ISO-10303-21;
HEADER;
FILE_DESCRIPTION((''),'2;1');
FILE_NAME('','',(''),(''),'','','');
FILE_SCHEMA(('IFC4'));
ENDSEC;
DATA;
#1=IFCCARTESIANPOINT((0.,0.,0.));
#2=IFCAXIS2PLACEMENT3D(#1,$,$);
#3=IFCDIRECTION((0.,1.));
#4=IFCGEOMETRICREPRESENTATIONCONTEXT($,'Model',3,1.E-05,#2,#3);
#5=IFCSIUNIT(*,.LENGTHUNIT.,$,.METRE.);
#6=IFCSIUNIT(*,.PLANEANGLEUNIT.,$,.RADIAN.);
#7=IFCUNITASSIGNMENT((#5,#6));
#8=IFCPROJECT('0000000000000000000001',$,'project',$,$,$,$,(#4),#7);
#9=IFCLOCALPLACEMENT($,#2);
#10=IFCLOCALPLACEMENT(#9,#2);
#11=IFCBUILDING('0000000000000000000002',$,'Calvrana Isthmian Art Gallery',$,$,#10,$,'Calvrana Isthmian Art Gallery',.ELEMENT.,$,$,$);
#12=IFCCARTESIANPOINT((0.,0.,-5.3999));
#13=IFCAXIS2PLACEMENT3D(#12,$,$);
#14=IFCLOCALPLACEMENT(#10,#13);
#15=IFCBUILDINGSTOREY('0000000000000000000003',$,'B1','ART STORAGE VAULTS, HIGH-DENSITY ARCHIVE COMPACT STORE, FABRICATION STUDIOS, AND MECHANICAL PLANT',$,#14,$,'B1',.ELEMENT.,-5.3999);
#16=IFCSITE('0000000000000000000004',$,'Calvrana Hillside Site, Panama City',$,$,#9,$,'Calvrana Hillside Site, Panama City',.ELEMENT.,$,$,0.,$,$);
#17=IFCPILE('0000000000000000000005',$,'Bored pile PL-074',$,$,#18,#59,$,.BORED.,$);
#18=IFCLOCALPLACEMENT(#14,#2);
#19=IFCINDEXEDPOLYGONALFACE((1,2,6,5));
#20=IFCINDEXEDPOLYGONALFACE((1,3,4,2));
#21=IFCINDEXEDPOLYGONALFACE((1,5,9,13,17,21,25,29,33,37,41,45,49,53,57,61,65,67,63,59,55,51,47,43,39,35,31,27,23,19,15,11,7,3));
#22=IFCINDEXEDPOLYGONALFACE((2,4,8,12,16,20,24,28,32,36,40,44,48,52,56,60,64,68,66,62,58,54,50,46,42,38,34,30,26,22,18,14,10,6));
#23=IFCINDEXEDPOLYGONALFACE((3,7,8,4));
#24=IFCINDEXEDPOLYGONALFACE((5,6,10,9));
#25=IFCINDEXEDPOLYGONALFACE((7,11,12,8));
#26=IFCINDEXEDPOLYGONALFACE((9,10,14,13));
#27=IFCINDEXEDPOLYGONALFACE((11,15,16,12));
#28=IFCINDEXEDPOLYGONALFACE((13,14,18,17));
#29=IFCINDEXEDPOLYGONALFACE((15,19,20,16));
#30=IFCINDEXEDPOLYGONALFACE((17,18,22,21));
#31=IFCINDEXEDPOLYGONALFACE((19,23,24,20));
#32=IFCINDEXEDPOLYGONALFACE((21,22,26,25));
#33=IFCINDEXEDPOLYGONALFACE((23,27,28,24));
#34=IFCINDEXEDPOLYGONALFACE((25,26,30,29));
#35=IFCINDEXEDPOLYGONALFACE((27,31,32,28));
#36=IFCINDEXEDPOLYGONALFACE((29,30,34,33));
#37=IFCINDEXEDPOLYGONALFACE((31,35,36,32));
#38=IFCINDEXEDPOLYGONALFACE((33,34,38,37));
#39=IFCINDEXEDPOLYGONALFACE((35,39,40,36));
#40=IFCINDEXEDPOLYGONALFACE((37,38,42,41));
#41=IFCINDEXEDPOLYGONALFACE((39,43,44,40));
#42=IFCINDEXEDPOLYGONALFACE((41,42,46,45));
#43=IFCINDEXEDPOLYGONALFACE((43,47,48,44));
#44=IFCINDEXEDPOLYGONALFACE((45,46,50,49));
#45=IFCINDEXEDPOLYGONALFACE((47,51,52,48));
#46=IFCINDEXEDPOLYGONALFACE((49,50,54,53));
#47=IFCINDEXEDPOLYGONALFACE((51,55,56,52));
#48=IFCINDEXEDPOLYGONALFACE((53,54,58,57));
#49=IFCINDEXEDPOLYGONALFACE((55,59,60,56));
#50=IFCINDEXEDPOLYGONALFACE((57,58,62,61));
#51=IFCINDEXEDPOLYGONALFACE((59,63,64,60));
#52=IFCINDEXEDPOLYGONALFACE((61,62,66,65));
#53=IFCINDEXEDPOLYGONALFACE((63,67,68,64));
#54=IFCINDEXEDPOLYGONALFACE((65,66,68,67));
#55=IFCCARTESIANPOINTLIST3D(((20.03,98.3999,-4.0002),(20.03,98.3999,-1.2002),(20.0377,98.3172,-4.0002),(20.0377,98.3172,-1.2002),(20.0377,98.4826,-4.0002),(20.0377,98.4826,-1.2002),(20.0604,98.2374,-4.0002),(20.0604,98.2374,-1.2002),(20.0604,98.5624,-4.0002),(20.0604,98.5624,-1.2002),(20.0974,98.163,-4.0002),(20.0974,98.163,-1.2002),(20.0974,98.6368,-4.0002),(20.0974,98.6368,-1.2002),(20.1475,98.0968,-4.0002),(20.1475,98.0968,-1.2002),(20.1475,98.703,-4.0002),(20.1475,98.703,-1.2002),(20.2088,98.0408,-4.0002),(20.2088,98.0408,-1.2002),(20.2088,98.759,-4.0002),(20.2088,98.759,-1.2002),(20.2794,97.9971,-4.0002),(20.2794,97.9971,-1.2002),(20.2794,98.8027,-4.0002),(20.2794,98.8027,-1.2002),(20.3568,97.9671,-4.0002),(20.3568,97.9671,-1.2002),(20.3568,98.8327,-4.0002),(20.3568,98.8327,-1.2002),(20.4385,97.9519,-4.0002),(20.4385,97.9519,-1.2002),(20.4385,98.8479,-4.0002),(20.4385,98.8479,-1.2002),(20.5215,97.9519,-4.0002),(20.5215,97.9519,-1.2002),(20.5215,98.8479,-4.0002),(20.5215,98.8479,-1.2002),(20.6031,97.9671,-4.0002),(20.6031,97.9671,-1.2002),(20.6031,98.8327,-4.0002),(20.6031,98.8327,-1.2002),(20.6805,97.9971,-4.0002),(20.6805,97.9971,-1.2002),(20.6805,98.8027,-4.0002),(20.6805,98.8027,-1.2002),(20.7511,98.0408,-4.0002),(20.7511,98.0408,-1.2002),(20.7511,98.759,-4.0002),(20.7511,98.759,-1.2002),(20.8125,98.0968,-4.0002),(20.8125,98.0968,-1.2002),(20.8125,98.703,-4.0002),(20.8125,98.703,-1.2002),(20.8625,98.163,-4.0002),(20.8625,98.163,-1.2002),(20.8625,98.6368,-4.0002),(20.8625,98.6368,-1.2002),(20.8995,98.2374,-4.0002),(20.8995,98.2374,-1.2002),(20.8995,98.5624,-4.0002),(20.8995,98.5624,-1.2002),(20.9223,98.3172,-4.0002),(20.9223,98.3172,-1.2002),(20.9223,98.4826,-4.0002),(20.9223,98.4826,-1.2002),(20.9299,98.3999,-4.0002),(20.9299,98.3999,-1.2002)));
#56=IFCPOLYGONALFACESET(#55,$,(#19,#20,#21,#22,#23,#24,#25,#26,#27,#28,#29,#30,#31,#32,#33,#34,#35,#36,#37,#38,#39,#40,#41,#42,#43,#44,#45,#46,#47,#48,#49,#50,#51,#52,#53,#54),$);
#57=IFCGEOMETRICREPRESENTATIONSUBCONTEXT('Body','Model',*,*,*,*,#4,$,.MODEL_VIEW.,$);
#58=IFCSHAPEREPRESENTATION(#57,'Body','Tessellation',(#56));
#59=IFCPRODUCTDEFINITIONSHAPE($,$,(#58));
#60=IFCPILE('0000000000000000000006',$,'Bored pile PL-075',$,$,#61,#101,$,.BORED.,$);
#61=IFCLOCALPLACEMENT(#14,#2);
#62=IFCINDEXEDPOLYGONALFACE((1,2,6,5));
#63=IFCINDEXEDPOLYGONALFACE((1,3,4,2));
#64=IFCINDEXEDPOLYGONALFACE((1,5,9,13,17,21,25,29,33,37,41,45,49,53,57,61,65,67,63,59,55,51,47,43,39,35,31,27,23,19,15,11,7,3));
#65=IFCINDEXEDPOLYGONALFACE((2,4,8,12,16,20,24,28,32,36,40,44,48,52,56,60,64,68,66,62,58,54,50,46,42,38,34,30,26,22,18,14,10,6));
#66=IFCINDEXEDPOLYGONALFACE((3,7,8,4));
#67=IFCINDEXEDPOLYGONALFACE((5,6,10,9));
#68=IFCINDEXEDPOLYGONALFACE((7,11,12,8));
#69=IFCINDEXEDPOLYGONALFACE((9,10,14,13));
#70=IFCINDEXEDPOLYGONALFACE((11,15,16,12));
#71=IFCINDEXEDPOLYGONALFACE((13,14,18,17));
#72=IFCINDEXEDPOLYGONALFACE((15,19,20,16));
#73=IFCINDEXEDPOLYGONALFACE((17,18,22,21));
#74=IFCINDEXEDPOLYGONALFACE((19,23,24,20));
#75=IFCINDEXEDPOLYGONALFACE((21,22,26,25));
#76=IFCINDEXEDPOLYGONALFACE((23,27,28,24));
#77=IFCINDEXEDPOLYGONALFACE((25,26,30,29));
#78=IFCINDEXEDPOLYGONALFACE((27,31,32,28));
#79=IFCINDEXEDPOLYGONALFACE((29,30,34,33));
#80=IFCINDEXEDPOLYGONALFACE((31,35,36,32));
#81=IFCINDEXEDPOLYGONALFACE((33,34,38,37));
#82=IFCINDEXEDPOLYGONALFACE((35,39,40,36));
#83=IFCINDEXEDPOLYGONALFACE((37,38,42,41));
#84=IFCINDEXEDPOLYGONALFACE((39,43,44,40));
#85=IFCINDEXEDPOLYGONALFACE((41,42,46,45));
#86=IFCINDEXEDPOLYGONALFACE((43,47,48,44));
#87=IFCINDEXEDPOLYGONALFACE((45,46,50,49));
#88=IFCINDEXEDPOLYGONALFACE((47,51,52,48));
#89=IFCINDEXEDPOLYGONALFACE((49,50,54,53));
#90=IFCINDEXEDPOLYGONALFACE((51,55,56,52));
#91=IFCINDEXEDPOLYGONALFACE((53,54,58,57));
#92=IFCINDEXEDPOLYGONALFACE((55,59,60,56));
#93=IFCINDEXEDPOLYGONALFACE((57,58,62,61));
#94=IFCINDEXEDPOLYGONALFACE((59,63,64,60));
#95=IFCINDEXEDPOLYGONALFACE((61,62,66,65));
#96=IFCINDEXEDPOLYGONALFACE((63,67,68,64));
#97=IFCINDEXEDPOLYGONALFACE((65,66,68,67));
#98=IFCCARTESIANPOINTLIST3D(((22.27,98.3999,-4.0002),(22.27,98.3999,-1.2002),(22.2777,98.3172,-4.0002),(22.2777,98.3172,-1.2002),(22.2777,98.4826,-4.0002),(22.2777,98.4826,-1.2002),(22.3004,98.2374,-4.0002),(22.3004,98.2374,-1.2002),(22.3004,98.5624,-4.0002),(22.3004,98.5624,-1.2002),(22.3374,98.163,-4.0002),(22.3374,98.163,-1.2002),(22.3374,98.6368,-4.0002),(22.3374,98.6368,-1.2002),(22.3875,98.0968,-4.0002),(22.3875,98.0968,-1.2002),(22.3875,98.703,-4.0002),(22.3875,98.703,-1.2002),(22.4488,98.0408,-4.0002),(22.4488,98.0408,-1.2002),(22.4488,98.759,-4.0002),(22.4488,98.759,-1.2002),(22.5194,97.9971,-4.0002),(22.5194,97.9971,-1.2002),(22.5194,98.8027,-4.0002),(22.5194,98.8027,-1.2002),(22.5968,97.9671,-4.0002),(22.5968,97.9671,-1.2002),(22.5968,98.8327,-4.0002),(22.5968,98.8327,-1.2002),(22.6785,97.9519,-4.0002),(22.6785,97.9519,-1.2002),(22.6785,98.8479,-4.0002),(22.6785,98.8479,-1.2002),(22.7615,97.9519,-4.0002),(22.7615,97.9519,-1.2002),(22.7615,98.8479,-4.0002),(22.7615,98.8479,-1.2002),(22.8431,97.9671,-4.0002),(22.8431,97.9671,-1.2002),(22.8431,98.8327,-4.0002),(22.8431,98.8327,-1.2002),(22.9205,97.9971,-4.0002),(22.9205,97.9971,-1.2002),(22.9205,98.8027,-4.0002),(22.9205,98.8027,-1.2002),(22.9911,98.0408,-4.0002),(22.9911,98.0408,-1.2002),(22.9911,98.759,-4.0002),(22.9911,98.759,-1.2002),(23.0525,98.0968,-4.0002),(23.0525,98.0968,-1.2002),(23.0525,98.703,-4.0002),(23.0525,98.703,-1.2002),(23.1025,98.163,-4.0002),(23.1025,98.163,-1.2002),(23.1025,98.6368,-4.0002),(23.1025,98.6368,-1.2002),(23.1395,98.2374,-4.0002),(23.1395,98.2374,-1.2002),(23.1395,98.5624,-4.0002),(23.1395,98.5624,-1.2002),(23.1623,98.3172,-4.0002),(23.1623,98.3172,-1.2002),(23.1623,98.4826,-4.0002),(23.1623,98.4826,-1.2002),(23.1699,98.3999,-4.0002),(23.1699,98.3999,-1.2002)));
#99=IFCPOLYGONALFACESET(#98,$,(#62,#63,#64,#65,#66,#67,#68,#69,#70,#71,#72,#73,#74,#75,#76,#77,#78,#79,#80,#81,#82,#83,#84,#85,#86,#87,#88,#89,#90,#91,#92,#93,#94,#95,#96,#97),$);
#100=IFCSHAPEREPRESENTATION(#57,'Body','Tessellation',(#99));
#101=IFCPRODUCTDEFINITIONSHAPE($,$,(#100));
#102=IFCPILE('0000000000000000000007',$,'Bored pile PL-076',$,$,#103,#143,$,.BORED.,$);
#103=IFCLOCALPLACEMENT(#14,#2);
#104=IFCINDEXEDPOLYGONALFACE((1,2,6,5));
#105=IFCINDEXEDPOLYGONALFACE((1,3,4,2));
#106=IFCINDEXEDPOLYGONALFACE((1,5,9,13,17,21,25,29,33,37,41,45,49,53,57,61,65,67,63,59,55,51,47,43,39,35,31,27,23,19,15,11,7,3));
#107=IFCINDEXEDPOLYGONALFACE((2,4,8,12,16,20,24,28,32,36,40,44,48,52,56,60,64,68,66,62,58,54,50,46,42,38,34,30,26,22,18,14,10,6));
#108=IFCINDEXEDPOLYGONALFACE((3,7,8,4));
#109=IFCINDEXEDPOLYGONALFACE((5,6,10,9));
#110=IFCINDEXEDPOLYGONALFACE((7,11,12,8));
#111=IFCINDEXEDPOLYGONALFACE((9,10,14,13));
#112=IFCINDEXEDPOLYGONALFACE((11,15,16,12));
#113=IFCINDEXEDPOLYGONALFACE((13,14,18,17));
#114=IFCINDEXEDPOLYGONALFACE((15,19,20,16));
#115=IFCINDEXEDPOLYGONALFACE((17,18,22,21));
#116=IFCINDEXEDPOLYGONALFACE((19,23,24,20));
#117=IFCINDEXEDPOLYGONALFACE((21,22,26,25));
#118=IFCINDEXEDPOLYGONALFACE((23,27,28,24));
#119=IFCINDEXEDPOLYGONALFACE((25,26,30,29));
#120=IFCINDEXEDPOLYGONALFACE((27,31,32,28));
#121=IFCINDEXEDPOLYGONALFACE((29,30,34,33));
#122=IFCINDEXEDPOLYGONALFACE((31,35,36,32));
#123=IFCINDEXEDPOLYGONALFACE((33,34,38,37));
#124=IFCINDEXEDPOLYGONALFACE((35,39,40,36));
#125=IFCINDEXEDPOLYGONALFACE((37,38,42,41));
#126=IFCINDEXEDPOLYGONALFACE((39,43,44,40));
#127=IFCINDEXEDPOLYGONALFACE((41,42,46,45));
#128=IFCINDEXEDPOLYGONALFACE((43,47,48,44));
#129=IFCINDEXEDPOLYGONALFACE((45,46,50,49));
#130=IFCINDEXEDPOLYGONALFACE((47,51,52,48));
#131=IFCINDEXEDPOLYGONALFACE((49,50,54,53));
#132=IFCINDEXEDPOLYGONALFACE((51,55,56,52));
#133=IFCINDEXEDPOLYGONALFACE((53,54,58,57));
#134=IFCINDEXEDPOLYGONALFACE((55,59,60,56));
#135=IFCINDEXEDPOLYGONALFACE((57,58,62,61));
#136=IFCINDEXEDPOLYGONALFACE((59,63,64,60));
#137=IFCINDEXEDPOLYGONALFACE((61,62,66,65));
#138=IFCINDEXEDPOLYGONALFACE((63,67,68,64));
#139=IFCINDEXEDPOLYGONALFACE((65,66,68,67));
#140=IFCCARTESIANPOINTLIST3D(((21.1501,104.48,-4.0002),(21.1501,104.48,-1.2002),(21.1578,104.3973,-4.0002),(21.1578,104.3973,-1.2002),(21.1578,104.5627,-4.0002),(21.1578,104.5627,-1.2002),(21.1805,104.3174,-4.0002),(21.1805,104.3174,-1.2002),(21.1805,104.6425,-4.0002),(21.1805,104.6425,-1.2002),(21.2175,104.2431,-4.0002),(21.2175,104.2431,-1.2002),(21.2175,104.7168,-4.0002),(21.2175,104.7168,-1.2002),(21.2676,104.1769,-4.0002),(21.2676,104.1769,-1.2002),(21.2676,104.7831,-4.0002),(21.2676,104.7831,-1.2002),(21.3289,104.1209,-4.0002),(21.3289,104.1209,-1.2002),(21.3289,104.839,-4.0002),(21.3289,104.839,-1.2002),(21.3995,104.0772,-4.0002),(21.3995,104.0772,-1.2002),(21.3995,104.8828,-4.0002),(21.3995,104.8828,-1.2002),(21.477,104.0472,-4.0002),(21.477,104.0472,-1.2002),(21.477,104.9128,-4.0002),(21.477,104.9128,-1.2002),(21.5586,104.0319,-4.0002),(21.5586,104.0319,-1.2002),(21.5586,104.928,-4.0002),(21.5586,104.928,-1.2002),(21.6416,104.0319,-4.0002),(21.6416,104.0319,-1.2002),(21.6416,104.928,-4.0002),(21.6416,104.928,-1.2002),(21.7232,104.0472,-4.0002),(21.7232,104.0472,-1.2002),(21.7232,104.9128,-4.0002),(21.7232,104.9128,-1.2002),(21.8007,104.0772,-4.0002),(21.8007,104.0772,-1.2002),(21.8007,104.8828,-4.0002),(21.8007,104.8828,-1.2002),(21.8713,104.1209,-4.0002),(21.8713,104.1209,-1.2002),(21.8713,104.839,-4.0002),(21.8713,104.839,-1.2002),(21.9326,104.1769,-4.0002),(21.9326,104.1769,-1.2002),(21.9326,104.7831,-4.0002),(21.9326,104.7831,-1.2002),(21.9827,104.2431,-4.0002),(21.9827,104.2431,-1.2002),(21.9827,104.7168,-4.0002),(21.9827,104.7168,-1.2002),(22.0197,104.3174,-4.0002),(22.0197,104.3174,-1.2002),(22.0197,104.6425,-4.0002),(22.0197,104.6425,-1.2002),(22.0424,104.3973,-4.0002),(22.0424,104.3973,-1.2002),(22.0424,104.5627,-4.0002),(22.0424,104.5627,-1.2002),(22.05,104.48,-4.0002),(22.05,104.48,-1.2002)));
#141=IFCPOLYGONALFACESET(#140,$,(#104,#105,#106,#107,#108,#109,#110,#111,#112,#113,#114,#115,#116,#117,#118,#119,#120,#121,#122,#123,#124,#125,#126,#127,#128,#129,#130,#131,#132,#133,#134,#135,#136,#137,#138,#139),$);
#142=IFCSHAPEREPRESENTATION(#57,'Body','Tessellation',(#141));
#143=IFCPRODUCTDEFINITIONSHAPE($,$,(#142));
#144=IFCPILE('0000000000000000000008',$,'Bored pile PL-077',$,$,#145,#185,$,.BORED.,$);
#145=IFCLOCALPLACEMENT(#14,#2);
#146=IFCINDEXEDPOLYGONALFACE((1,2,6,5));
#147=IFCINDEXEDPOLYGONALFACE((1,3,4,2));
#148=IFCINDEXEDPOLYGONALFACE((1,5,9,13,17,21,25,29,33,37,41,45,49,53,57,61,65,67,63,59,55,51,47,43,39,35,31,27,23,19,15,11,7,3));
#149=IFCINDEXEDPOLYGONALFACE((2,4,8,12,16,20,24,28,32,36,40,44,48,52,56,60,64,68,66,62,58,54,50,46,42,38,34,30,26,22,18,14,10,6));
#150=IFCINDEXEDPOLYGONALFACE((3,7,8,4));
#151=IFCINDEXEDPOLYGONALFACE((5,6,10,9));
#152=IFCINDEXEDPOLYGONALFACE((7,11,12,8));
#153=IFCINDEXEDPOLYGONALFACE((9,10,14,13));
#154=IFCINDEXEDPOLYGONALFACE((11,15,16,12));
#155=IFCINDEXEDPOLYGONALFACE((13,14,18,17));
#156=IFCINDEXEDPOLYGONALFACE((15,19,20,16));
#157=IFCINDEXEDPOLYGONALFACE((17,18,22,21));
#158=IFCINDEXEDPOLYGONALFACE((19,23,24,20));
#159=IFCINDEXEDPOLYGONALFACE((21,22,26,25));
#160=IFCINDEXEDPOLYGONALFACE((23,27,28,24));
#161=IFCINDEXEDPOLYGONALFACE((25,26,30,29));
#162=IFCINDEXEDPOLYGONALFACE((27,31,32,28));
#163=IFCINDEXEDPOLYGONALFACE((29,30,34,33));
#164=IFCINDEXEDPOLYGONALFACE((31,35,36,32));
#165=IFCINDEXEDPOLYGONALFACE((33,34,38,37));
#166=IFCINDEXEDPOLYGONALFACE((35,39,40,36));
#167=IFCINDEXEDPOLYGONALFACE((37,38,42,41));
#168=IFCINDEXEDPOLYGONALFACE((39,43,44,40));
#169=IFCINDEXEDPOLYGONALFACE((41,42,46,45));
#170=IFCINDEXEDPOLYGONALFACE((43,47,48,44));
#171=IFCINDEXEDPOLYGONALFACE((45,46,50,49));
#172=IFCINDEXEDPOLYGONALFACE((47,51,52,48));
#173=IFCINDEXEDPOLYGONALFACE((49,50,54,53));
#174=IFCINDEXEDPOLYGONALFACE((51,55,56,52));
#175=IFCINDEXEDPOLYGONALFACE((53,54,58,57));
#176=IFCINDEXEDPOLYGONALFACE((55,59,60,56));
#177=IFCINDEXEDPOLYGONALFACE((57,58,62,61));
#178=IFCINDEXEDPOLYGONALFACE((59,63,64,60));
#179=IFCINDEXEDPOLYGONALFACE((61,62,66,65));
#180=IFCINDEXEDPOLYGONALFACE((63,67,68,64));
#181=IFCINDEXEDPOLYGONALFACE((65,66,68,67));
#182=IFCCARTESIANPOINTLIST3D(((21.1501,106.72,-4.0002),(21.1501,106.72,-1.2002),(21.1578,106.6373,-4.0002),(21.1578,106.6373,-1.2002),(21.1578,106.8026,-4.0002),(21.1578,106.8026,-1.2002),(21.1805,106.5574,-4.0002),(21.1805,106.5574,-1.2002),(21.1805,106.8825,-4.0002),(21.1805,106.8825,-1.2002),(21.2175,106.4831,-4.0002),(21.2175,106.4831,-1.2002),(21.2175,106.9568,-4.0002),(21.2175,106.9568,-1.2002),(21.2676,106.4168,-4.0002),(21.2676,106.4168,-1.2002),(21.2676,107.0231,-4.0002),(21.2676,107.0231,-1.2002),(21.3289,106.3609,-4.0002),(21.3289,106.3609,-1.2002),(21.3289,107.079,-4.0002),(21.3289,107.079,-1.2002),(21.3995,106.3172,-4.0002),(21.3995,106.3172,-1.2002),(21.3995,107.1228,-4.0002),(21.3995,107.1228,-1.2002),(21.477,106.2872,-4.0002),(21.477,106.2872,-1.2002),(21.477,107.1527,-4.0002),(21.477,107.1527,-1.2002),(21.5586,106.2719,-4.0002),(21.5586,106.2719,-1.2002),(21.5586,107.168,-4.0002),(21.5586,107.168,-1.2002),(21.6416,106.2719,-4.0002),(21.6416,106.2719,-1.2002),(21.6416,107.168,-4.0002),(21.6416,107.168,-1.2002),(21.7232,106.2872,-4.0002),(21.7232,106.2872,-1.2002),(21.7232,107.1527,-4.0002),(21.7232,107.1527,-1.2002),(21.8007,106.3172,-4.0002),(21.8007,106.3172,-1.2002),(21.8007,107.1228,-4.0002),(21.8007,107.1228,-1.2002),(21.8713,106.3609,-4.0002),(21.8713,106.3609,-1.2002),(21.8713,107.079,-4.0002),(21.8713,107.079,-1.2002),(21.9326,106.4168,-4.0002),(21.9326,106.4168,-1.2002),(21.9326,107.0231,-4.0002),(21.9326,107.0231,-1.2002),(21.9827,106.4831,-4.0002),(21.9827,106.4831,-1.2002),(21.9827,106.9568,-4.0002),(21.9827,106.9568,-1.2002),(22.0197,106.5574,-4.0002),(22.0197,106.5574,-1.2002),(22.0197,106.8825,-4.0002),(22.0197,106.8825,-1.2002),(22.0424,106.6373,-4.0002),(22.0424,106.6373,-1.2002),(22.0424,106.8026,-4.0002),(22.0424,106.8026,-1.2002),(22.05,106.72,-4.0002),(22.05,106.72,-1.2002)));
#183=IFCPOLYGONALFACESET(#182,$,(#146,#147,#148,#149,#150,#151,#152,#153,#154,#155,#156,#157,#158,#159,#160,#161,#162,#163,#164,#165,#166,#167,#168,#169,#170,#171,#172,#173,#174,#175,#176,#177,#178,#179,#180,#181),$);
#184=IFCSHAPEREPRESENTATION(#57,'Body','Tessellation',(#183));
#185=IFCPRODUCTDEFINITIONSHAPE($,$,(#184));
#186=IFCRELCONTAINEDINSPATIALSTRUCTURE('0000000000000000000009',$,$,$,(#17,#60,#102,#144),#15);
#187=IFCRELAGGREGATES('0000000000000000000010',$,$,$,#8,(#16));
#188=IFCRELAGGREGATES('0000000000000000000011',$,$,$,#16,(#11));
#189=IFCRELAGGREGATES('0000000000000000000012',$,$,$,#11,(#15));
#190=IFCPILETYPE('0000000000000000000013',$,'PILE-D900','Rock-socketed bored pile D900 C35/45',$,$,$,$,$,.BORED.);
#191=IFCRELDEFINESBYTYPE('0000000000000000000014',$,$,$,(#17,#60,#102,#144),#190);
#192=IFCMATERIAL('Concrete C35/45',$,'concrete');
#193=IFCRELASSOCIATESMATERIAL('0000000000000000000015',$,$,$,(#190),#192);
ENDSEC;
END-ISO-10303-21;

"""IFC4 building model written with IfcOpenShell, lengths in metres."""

from ifc_helpers import new_model, si_unit, direction, frame, origin, origin_2d, place, context, subcontext, project, spatial, circle, extrude, material, material_profile, profile_set, type_object, element, save


model = new_model("IFC4")

# Units and contexts
model_context = context("Model", 3, precision=1e-05, world=origin(), true_north=direction((0.0, 1.0)))
body_context = subcontext(model_context, "Body", "Model", "MODEL_VIEW")
ifc_project = project(units=[si_unit("LENGTHUNIT", "METRE"), si_unit("PLANEANGLEUNIT", "RADIAN")], contexts=[model_context])

# Site, building, storey
site_placement = place(None, origin())
site = spatial("IfcSite", under=ifc_project, at=site_placement, Name="Calvrana Hillside Site, Panama City", LongName="Calvrana Hillside Site, Panama City", CompositionType="ELEMENT", RefElevation=0.0)
building_placement = place(site_placement, origin())
building = spatial("IfcBuilding", under=site, at=building_placement, Name="Calvrana Isthmian Art Gallery", LongName="Calvrana Isthmian Art Gallery", CompositionType="ELEMENT")
storey_placement = place(building_placement, frame((0.0, 0.0, -5.3999)))
storey = spatial("IfcBuildingStorey", under=building, at=storey_placement, Name="B1", Description="ART STORAGE VAULTS, HIGH-DENSITY ARCHIVE COMPACT STORE, FABRICATION STUDIOS, AND MECHANICAL PLANT", LongName="B1", CompositionType="ELEMENT", Elevation=-5.3999)

# Shared definitions
ifc_material_1 = material(Name="Concrete C35/45", Category="concrete")

# Piles
ifc_material_profile_1 = material_profile(ifc_material_1, circle(Radius=0.45, at=origin_2d()), Name="PILE900D")
ifc_profile_set_1 = profile_set([ifc_material_profile_1], Name="Concrete C35/45")
pile_type_1 = type_object("IfcPileType", Name="PILE-D900", Description="Rock-socketed bored pile D900 C35/45", PredefinedType="BORED", material=ifc_profile_set_1)
for number, where, z_axis, x_axis, name in (
    (1, (20.48, 98.3999, -1.2002), (0.0, 0.0, -1.0), (1.0, 0.0, 0.0), "Bored pile PL-074"),
    (2, (22.72, 98.3999, -1.2002), (0.0, 0.0, -1.0), (1.0, 0.0, 0.0), "Bored pile PL-075"),
    (3, (21.6001, 104.48, -1.2002), (0.0, 0.0, -1.0), (1.0, 0.0, 0.0), "Bored pile PL-076"),
    (4, (21.6001, 106.72, -1.2002), (0.0, 0.0, -1.0), (1.0, 0.0, 0.0), "Bored pile PL-077"),
):
    element("IfcPile", number, at=place(storey_placement, frame(where, z_axis=z_axis, x_axis=x_axis)), inside=storey, type_object=pile_type_1, Name=name, PredefinedType="BORED", context=body_context, shape_type="SweptSolid", body=[
        extrude(circle(Radius=0.45, at=origin_2d()), origin(), (0.0, 0.0, 1.0), 2.8),
    ])

save(model, "model.ifc")
